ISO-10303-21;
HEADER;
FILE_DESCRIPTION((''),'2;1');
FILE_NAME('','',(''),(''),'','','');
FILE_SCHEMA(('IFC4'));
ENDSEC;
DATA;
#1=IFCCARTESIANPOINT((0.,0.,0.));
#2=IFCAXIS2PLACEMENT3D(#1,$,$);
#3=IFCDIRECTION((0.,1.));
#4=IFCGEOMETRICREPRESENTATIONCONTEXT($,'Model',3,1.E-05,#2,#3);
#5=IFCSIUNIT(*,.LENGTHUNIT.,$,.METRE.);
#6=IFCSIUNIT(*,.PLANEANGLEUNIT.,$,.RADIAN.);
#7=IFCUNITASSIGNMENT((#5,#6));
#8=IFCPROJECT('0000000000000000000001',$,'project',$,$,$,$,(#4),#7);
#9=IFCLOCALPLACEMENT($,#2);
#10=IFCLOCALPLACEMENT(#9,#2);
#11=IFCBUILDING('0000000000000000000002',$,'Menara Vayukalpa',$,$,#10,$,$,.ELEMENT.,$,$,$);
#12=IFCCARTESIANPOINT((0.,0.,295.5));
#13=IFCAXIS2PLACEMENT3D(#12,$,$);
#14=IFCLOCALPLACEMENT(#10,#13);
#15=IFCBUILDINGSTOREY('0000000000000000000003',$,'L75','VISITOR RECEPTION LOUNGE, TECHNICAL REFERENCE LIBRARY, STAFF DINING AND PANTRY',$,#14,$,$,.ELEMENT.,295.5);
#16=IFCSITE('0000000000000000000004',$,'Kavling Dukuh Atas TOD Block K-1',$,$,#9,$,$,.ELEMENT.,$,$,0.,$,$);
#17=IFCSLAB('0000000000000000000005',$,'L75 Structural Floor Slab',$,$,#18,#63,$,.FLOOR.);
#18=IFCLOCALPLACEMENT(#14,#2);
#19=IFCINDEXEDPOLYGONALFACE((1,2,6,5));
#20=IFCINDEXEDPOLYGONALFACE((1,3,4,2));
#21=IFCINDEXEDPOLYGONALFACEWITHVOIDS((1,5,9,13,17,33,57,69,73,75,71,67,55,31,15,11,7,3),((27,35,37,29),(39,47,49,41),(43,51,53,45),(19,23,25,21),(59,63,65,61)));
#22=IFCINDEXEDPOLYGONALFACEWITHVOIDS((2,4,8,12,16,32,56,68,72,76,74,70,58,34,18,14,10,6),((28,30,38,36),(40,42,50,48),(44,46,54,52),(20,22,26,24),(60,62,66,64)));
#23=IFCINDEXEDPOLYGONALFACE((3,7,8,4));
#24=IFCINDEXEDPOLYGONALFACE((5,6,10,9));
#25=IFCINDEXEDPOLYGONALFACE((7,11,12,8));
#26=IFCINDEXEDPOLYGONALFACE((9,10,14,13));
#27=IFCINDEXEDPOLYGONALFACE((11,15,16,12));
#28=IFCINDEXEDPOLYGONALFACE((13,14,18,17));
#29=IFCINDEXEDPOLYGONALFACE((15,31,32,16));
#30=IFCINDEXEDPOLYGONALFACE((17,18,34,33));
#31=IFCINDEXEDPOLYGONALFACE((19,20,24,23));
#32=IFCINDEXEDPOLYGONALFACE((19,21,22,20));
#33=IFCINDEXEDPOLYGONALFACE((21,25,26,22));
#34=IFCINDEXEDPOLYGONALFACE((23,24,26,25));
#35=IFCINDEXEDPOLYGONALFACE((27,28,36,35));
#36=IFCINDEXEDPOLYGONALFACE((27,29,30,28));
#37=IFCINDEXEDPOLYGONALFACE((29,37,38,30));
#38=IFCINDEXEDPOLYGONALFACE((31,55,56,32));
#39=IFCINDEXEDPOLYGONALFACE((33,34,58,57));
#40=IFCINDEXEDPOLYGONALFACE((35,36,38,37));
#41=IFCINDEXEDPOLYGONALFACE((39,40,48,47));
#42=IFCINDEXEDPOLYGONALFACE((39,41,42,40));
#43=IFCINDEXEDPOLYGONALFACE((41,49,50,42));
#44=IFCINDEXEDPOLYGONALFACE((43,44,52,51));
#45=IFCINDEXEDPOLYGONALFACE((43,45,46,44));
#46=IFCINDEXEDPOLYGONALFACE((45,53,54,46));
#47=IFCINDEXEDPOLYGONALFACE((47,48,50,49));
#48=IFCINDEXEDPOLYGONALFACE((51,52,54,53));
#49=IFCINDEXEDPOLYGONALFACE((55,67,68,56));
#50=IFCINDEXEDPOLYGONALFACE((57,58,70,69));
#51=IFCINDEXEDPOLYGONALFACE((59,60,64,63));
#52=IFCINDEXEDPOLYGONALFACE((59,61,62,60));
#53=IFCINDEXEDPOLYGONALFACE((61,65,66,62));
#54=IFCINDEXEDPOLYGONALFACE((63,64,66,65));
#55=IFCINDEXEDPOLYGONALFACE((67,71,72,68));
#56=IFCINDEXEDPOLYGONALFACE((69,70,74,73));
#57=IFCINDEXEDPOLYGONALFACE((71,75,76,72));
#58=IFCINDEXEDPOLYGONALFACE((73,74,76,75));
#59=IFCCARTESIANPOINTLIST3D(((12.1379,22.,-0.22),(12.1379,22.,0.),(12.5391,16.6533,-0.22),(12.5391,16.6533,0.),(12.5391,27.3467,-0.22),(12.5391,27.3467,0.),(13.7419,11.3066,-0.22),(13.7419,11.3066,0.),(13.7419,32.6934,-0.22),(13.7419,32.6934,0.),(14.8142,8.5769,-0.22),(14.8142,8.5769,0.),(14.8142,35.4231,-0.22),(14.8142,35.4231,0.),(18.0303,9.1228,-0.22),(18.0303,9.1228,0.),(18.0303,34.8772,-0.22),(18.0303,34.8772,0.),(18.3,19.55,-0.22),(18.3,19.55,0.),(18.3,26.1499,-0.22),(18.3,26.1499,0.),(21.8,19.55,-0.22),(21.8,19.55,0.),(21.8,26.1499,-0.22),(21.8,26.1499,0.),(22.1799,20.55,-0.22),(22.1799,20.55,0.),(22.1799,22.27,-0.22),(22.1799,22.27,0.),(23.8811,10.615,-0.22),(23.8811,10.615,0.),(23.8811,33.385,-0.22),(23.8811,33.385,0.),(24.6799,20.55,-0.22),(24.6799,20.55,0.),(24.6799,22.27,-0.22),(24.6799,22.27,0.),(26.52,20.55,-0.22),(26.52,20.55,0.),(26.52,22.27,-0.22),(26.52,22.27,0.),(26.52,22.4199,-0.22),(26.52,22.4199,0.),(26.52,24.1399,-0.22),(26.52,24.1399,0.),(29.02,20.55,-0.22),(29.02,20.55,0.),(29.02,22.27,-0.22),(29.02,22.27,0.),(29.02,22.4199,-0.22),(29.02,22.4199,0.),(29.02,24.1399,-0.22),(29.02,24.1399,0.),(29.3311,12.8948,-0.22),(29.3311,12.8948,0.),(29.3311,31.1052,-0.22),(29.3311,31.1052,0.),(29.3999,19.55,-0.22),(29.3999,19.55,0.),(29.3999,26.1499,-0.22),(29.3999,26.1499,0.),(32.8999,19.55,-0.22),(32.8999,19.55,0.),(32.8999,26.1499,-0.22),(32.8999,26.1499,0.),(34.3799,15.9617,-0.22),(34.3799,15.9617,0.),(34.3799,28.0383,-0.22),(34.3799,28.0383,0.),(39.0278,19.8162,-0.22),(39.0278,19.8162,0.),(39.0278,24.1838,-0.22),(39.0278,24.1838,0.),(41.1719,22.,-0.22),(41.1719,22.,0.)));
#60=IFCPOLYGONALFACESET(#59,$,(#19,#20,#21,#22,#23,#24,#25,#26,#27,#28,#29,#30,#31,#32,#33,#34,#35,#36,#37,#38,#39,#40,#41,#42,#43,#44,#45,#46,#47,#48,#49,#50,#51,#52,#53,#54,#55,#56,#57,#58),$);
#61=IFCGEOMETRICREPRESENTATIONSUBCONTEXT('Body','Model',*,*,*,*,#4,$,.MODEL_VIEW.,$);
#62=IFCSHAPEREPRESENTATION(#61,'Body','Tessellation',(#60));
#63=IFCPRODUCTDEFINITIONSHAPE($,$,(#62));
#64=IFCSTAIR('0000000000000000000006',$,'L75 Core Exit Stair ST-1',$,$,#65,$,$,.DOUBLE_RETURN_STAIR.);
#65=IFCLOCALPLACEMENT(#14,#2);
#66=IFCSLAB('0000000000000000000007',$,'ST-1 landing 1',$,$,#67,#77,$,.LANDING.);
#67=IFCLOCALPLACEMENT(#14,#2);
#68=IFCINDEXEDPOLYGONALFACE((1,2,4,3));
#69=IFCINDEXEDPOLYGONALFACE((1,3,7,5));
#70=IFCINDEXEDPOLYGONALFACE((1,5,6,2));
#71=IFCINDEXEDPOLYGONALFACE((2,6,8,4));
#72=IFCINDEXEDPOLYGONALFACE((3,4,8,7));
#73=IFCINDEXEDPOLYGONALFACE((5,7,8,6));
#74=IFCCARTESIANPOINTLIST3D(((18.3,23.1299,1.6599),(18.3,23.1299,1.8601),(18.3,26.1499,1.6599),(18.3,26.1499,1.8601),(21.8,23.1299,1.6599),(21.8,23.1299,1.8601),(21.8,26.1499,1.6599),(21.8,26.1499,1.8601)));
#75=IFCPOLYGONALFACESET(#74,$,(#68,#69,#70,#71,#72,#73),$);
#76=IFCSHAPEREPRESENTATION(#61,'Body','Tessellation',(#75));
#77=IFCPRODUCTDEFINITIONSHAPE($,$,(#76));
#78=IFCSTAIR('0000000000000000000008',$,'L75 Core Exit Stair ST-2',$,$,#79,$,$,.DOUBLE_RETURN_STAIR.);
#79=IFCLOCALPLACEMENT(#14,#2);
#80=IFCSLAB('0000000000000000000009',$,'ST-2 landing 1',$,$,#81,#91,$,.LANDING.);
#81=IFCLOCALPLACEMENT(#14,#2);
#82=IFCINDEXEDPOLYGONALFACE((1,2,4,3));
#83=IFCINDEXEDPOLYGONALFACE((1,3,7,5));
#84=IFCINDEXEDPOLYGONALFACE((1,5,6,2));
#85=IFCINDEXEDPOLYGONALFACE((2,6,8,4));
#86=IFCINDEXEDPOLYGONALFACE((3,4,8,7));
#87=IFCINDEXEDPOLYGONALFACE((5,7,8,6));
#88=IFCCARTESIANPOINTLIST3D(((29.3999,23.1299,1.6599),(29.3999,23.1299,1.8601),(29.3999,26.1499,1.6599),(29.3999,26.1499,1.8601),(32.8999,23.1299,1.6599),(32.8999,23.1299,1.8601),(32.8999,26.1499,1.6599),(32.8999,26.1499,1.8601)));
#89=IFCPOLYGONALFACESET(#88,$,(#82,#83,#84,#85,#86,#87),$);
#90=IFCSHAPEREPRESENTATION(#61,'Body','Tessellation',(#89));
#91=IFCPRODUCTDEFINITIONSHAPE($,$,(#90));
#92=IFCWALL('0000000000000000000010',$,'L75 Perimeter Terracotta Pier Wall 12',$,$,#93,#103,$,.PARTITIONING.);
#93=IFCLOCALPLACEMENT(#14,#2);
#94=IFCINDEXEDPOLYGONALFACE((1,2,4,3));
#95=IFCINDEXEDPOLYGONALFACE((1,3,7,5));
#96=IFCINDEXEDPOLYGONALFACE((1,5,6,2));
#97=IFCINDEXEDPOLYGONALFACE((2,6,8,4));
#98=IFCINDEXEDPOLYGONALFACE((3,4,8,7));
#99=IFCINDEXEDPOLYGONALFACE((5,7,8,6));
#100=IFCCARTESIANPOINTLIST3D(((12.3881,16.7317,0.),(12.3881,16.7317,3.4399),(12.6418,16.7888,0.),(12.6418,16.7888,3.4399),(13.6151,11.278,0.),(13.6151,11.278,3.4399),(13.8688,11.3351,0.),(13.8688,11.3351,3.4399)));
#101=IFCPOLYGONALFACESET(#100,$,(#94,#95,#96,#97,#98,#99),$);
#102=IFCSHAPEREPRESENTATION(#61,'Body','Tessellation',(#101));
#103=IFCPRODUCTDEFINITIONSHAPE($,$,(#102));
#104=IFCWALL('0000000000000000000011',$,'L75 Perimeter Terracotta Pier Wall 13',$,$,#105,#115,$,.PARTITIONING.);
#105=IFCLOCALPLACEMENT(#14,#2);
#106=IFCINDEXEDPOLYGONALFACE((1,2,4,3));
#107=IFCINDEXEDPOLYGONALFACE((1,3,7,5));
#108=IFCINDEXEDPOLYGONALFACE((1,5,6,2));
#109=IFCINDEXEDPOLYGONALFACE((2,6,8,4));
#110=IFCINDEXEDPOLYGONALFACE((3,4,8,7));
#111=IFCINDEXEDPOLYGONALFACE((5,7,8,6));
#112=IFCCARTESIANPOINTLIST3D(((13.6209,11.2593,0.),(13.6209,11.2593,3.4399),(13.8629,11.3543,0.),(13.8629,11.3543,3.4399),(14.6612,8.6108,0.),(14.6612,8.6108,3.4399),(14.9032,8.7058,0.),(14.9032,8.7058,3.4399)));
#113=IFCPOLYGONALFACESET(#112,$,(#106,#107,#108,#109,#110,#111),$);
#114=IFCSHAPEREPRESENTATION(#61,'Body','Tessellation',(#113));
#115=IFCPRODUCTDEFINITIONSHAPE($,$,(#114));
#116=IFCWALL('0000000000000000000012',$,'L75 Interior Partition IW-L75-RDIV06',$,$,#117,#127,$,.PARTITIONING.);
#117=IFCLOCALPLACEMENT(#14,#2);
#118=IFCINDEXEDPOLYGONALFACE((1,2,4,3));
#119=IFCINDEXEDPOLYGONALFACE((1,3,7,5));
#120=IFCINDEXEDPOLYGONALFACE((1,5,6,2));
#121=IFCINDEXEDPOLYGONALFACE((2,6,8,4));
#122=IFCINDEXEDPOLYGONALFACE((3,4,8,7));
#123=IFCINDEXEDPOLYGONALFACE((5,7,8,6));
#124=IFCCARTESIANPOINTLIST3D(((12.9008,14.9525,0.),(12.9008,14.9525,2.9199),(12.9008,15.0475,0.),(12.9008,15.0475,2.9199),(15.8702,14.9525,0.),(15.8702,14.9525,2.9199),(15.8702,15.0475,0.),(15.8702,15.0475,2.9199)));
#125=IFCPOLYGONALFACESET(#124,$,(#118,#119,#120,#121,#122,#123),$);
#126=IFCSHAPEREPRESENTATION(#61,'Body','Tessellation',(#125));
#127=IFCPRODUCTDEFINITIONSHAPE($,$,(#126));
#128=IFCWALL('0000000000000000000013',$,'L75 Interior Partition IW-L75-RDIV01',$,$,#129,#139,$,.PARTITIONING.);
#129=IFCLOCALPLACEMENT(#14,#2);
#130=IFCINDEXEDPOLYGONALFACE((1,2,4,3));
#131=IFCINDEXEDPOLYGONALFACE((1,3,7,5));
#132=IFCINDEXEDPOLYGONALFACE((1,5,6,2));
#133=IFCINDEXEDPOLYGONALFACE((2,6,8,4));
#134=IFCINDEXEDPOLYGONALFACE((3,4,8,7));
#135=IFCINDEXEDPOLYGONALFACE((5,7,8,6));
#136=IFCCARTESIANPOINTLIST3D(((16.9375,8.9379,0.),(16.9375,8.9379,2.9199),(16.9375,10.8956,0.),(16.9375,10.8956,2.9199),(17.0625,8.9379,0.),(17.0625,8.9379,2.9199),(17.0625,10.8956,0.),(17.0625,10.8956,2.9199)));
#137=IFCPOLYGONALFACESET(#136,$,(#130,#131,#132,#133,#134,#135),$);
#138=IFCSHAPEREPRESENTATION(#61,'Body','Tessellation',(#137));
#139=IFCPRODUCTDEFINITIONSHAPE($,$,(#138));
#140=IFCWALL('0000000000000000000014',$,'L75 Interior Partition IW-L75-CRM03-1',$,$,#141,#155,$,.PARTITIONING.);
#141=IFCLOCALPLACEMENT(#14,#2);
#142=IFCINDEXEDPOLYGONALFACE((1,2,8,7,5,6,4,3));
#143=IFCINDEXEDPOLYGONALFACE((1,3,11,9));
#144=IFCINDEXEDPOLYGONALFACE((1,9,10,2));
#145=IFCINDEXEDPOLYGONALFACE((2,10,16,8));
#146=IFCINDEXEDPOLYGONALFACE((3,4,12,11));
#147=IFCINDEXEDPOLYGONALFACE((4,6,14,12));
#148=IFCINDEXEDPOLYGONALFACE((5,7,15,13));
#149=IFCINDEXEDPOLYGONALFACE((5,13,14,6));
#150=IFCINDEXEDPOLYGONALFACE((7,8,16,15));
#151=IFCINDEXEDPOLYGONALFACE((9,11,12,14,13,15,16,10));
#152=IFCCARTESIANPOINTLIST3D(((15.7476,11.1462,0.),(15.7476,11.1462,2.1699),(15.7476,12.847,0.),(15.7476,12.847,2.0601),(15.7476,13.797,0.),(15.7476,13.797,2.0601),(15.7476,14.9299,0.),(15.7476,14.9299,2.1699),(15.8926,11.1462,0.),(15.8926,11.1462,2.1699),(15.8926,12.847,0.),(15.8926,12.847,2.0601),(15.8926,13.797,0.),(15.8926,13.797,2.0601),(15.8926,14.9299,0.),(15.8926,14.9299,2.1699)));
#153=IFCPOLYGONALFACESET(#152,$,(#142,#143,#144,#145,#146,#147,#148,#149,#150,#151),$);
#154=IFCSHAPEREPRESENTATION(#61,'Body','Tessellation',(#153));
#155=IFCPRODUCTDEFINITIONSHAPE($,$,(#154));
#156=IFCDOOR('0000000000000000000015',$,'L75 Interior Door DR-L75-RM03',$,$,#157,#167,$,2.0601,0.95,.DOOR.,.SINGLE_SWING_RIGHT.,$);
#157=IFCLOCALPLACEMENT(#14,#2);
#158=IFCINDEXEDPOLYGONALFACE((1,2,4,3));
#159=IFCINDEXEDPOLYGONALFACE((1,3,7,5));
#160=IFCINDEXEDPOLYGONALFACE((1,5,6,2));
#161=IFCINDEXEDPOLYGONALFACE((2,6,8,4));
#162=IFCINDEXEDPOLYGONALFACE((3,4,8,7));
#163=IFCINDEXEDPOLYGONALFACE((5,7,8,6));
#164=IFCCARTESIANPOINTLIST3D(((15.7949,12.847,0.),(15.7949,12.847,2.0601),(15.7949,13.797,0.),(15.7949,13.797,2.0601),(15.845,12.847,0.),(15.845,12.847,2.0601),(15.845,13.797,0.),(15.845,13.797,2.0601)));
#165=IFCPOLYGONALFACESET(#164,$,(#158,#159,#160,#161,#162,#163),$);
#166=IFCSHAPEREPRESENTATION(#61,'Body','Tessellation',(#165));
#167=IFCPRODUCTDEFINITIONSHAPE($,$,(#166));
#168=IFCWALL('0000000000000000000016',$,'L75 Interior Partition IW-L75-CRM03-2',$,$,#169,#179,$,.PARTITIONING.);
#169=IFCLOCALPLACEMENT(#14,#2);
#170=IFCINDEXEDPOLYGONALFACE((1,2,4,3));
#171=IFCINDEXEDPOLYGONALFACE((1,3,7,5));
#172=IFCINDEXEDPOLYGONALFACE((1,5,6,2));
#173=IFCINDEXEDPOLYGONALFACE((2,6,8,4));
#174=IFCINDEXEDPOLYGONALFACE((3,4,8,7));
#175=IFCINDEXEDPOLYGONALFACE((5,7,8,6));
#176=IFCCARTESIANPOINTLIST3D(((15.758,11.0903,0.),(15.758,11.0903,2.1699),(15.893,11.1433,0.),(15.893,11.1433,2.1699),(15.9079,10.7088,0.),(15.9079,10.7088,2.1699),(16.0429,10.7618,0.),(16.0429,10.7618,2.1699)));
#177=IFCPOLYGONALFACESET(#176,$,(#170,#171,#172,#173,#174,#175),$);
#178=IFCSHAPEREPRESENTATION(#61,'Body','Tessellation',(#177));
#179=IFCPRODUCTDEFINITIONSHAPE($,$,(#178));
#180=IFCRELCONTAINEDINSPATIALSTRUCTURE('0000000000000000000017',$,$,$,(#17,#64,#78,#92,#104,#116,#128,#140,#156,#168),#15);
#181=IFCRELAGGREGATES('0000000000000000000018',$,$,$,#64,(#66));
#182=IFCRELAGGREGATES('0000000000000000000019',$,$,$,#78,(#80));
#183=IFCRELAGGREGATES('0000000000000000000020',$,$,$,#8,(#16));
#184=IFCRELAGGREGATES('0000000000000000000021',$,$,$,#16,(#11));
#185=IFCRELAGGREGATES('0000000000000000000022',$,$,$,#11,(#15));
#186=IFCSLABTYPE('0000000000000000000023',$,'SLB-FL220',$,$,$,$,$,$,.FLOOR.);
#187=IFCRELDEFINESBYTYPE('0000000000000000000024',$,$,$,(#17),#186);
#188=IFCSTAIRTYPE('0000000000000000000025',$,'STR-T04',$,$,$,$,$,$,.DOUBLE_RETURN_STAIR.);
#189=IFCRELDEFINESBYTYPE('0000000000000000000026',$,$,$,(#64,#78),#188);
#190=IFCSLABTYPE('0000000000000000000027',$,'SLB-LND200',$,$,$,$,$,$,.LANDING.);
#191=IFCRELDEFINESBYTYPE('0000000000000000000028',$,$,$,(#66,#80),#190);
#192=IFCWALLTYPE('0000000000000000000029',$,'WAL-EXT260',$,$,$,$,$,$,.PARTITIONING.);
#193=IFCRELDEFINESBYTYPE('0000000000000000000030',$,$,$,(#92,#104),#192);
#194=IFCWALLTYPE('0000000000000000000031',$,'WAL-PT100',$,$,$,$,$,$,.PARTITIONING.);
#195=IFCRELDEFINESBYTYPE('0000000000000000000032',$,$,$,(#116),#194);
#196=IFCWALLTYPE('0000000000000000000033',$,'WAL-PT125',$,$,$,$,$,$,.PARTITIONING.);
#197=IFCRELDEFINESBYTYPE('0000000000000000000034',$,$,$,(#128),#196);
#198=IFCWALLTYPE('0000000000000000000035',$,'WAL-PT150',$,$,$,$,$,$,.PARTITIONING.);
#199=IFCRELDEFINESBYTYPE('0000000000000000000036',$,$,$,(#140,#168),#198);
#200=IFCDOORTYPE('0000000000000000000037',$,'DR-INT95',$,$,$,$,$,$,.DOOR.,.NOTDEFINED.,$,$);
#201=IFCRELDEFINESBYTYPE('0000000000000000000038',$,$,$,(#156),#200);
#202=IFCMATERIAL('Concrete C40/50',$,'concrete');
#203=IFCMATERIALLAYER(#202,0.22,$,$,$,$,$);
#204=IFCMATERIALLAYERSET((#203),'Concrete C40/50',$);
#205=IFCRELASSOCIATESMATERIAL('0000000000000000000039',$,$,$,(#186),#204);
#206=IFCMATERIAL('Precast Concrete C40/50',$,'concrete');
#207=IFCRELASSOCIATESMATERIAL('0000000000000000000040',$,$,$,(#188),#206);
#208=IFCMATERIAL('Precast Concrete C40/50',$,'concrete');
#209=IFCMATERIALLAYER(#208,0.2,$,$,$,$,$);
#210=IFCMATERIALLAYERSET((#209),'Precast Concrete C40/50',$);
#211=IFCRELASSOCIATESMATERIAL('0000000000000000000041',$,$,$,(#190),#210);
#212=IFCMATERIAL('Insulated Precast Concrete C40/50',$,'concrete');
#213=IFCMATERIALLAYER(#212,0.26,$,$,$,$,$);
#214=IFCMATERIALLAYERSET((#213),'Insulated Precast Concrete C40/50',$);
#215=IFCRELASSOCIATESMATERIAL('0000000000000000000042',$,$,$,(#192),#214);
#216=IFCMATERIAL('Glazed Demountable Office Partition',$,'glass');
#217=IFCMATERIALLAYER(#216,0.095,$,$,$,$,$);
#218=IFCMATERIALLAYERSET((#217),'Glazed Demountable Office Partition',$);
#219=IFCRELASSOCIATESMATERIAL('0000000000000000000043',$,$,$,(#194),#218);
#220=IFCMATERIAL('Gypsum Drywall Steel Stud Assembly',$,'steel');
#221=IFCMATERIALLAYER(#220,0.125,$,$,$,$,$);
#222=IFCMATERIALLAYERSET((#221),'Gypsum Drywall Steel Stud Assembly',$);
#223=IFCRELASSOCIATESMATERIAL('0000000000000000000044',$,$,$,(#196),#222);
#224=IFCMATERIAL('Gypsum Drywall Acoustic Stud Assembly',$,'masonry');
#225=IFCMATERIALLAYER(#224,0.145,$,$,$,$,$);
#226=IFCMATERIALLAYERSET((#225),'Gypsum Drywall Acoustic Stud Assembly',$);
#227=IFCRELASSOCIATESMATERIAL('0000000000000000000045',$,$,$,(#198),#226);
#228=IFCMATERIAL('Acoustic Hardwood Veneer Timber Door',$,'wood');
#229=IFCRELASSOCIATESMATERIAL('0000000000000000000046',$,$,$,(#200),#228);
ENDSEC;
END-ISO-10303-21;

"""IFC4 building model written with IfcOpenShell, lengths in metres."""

from ifc_helpers import new_model, si_unit, direction, frame, frame_2d, origin, place, context, subcontext, project, spatial, polyline, rectangle, outline, extrude, material, layer, layer_set, type_object, element, fill, aggregate, save


model = new_model("IFC4")

# Units and contexts
model_context = context("Model", 3, precision=1e-05, world=origin(), true_north=direction((0.0, 1.0)))
body_context = subcontext(model_context, "Body", "Model", "MODEL_VIEW")
ifc_project = project(units=[si_unit("LENGTHUNIT", "METRE"), si_unit("PLANEANGLEUNIT", "RADIAN")], contexts=[model_context])

# Site, building, storey
site_placement = place(None, origin())
site = spatial("IfcSite", under=ifc_project, at=site_placement, Name="Kavling Dukuh Atas TOD Block K-1", CompositionType="ELEMENT", RefElevation=0.0)
building_placement = place(site_placement, origin())
building = spatial("IfcBuilding", under=site, at=building_placement, Name="Menara Vayukalpa", CompositionType="ELEMENT")
storey_placement = place(building_placement, frame((0.0, 0.0, 295.5)))
storey = spatial("IfcBuildingStorey", under=building, at=storey_placement, Name="L75", Description="VISITOR RECEPTION LOUNGE, TECHNICAL REFERENCE LIBRARY, STAFF DINING AND PANTRY", CompositionType="ELEMENT", Elevation=295.5)

# Slab
ifc_material_1 = material(Name="Concrete C40/50", Category="concrete")
ifc_layer_1 = layer(ifc_material_1, 0.22)
ifc_layer_set_1 = layer_set([ifc_layer_1], Name="Concrete C40/50")
slab_type_1 = type_object("IfcSlabType", Name="SLB-FL220", PredefinedType="FLOOR", material=ifc_layer_set_1)
slab_1_placement = place(storey_placement, frame((0.0, 0.0, -0.22)))
element("IfcSlab", 1, at=slab_1_placement, inside=storey, type_object=slab_type_1, Name="L75 Structural Floor Slab", PredefinedType="FLOOR", context=body_context, shape_type="SweptSolid", body=[
    extrude(outline(polyline([(39.0278, 19.8162), (41.1719, 22.0), (39.0278, 24.1838), (34.3799, 28.0383), (29.3311, 31.1052), (23.8811, 33.385), (18.0303, 34.8772), (14.8142, 35.4231), (13.7419, 32.6934), (12.5391, 27.3467), (12.1379, 22.0), (12.5391, 16.6533), (13.7419, 11.3066), (14.8142, 8.5769), (18.0303, 9.1228), (23.8811, 10.615), (29.3311, 12.8948), (34.3799, 15.9617), (39.0278, 19.8162)]), holes=[polyline([(21.8, 19.55), (21.8, 26.1499), (18.3, 26.1499), (18.3, 19.55), (21.8, 19.55)]), polyline([(32.8999, 19.55), (32.8999, 26.1499), (29.3999, 26.1499), (29.3999, 19.55), (32.8999, 19.55)]), polyline([(22.1799, 20.55), (24.6799, 20.55), (24.6799, 22.27), (22.1799, 22.27), (22.1799, 20.55)]), polyline([(26.52, 20.55), (29.02, 20.55), (29.02, 22.27), (26.52, 22.27), (26.52, 20.55)]), polyline([(26.52, 22.4199), (29.02, 22.4199), (29.02, 24.1399), (26.52, 24.1399), (26.52, 22.4199)])]), origin(), (0.0, 0.0, 1.0), 0.22),
])

# Stairs, slabs
ifc_material_2 = material(Name="Precast Concrete C40/50", Category="concrete")
stair_type = type_object("IfcStairType", Name="STR-T04", PredefinedType="DOUBLE_RETURN_STAIR", material=ifc_material_2)
stair_1_placement = place(storey_placement, origin())
stair_1 = element("IfcStair", 2, at=stair_1_placement, inside=storey, type_object=stair_type, Name="L75 Core Exit Stair ST-1", PredefinedType="DOUBLE_RETURN_STAIR")
ifc_material_3 = material(Name="Precast Concrete C40/50", Category="concrete")
ifc_layer_2 = layer(ifc_material_3, 0.2)
ifc_layer_set_2 = layer_set([ifc_layer_2], Name="Precast Concrete C40/50")
slab_type_2 = type_object("IfcSlabType", Name="SLB-LND200", PredefinedType="LANDING", material=ifc_layer_set_2)
slab_2_placement = place(storey_placement, frame((0.0, 0.0, 1.6599)))
slab_2 = element("IfcSlab", 3, at=slab_2_placement, type_object=slab_type_2, Name="ST-1 landing 1", PredefinedType="LANDING", context=body_context, shape_type="SweptSolid", body=[
    extrude(outline(polyline([(21.8, 23.1299), (21.8, 26.1499), (18.3, 26.1499), (18.3, 23.1299), (21.8, 23.1299)])), origin(), (0.0, 0.0, 1.0), 0.2002),
])
aggregate(stair_1, [slab_2])
stair_2_placement = place(storey_placement, origin())
stair_2 = element("IfcStair", 4, at=stair_2_placement, inside=storey, type_object=stair_type, Name="L75 Core Exit Stair ST-2", PredefinedType="DOUBLE_RETURN_STAIR")
slab_3_placement = place(storey_placement, frame((0.0, 0.0, 1.6599)))
slab_3 = element("IfcSlab", 5, at=slab_3_placement, type_object=slab_type_2, Name="ST-2 landing 1", PredefinedType="LANDING", context=body_context, shape_type="SweptSolid", body=[
    extrude(outline(polyline([(32.8999, 23.1299), (32.8999, 26.1499), (29.3999, 26.1499), (29.3999, 23.1299), (32.8999, 23.1299)])), origin(), (0.0, 0.0, 1.0), 0.2002),
])
aggregate(stair_2, [slab_3])

# Walls
ifc_material_4 = material(Name="Insulated Precast Concrete C40/50", Category="concrete")
ifc_layer_3 = layer(ifc_material_4, 0.26)
ifc_layer_set_3 = layer_set([ifc_layer_3], Name="Insulated Precast Concrete C40/50")
wall_type_1 = type_object("IfcWallType", Name="WAL-EXT260", PredefinedType="PARTITIONING", material=ifc_layer_set_3)
wall_1_placement = place(storey_placement, frame((13.7419, 11.3066, 0.0), z_axis=(0.0, 0.0, 1.0), x_axis=(-0.219501, 0.975612, 0.0)))
element("IfcWall", 6, at=wall_1_placement, inside=storey, type_object=wall_type_1, Name="L75 Perimeter Terracotta Pier Wall 12", PredefinedType="PARTITIONING", context=body_context, shape_type="SweptSolid", body=[
    extrude(rectangle(XDim=5.5901, YDim=0.26, at=frame_2d((2.7949, 0.0))), origin(), (0.0, 0.0, 1.0), 3.4399),
])
wall_2_placement = place(storey_placement, frame((14.7822, 8.6582, 0.0), z_axis=(0.0, 0.0, 1.0), x_axis=(-0.365599, 0.930772, 0.0)))
element("IfcWall", 7, at=wall_2_placement, inside=storey, type_object=wall_type_1, Name="L75 Perimeter Terracotta Pier Wall 13", PredefinedType="PARTITIONING", context=body_context, shape_type="SweptSolid", body=[
    extrude(rectangle(XDim=2.8455, YDim=0.26, at=frame_2d((1.4229, 0.0))), origin(), (0.0, 0.0, 1.0), 3.4399),
])
ifc_material_5 = material(Name="Glazed Demountable Office Partition", Category="glass")
ifc_layer_4 = layer(ifc_material_5, 0.095)
ifc_layer_set_4 = layer_set([ifc_layer_4], Name="Glazed Demountable Office Partition")
wall_type_2 = type_object("IfcWallType", Name="WAL-PT100", PredefinedType="PARTITIONING", material=ifc_layer_set_4)
wall_3_placement = place(storey_placement, frame((12.9006, 15.0, 0.0), z_axis=(0.0, 0.0, 1.0), x_axis=(1.0, 0.0, 0.0)))
element("IfcWall", 8, at=wall_3_placement, inside=storey, type_object=wall_type_2, Name="L75 Interior Partition IW-L75-RDIV06", PredefinedType="PARTITIONING", context=body_context, shape_type="SweptSolid", body=[
    extrude(rectangle(XDim=2.9695, YDim=0.095, at=frame_2d((1.4849, 0.0))), origin(), (0.0, 0.0, 1.0), 2.9199),
])
ifc_material_6 = material(Name="Gypsum Drywall Steel Stud Assembly", Category="steel")
ifc_layer_5 = layer(ifc_material_6, 0.125)
ifc_layer_set_5 = layer_set([ifc_layer_5], Name="Gypsum Drywall Steel Stud Assembly")
wall_type_3 = type_object("IfcWallType", Name="WAL-PT125", PredefinedType="PARTITIONING", material=ifc_layer_set_5)
wall_4_placement = place(storey_placement, frame((17.0, 8.9377, 0.0), z_axis=(0.0, 0.0, 1.0), x_axis=(0.0, 1.0, 0.0)))
element("IfcWall", 9, at=wall_4_placement, inside=storey, type_object=wall_type_3, Name="L75 Interior Partition IW-L75-RDIV01", PredefinedType="PARTITIONING", context=body_context, shape_type="SweptSolid", body=[
    extrude(rectangle(XDim=1.9578, YDim=0.125, at=frame_2d((0.979, 0.0))), origin(), (0.0, 0.0, 1.0), 2.9199),
])

# Wall, opening, door
ifc_material_7 = material(Name="Gypsum Drywall Acoustic Stud Assembly", Category="masonry")
ifc_layer_6 = layer(ifc_material_7, 0.145)
ifc_layer_set_6 = layer_set([ifc_layer_6], Name="Gypsum Drywall Acoustic Stud Assembly")
wall_type_4 = type_object("IfcWallType", Name="WAL-PT150", PredefinedType="PARTITIONING", material=ifc_layer_set_6)
wall_5_placement = place(storey_placement, frame((15.8201, 14.9299, 0.0), z_axis=(0.0, 0.0, 1.0), x_axis=(0.0, -1.0, 0.0)))
wall_5 = element("IfcWall", 10, at=wall_5_placement, inside=storey, type_object=wall_type_4, Name="L75 Interior Partition IW-L75-CRM03-1", PredefinedType="PARTITIONING", context=body_context, shape_type="SweptSolid", body=[
    extrude(rectangle(XDim=3.7837, YDim=0.145, at=frame_2d((1.8918, 0.0))), origin(), (0.0, 0.0, 1.0), 2.1699),
])
opening_placement = place(wall_5_placement, frame((1.1328, 0.0, 0.0)))
opening = element("IfcOpeningElement", 11, at=opening_placement, cuts=wall_5, PredefinedType="OPENING", context=body_context, shape_type="SweptSolid", body=[
    extrude(rectangle(XDim=0.95, YDim=2.0601, at=frame_2d((0.4751, 1.03))), frame((0.0, 0.0825, 0.0), z_axis=(0.0, -1.0, 0.0), x_axis=(1.0, 0.0, 0.0)), (0.0, 0.0, 1.0), 0.165),
])
ifc_material_8 = material(Name="Acoustic Hardwood Veneer Timber Door", Category="wood")
door_type = type_object("IfcDoorType", Name="DR-INT95", OperationType="NOTDEFINED", PredefinedType="DOOR", material=ifc_material_8)
door_placement = place(opening_placement, origin())
door = element("IfcDoor", 12, at=door_placement, inside=storey, type_object=door_type, Name="L75 Interior Door DR-L75-RM03", OperationType="SINGLE_SWING_RIGHT", OverallHeight=2.0601, OverallWidth=0.95, PredefinedType="DOOR", context=body_context, shape_type="SweptSolid", body=[
    extrude(rectangle(XDim=0.95, YDim=2.0601, at=frame_2d((0.4751, 1.03))), frame((0.0, 0.0249, 0.0), z_axis=(0.0, -1.0, 0.0), x_axis=(1.0, 0.0, 0.0)), (0.0, 0.0, 1.0), 0.05),
])
fill(opening, door)

# Wall
wall_6_placement = place(storey_placement, frame((15.8254, 11.1169, 0.0), z_axis=(0.0, 0.0, 1.0), x_axis=(0.365634, -0.930759, 0.0)))
element("IfcWall", 13, at=wall_6_placement, inside=storey, type_object=wall_type_4, Name="L75 Interior Partition IW-L75-CRM03-2", PredefinedType="PARTITIONING", context=body_context, shape_type="SweptSolid", body=[
    extrude(rectangle(XDim=0.4099, YDim=0.145, at=frame_2d((0.2051, 0.0))), origin(), (0.0, 0.0, 1.0), 2.1699),
])

save(model, "model.ifc")
